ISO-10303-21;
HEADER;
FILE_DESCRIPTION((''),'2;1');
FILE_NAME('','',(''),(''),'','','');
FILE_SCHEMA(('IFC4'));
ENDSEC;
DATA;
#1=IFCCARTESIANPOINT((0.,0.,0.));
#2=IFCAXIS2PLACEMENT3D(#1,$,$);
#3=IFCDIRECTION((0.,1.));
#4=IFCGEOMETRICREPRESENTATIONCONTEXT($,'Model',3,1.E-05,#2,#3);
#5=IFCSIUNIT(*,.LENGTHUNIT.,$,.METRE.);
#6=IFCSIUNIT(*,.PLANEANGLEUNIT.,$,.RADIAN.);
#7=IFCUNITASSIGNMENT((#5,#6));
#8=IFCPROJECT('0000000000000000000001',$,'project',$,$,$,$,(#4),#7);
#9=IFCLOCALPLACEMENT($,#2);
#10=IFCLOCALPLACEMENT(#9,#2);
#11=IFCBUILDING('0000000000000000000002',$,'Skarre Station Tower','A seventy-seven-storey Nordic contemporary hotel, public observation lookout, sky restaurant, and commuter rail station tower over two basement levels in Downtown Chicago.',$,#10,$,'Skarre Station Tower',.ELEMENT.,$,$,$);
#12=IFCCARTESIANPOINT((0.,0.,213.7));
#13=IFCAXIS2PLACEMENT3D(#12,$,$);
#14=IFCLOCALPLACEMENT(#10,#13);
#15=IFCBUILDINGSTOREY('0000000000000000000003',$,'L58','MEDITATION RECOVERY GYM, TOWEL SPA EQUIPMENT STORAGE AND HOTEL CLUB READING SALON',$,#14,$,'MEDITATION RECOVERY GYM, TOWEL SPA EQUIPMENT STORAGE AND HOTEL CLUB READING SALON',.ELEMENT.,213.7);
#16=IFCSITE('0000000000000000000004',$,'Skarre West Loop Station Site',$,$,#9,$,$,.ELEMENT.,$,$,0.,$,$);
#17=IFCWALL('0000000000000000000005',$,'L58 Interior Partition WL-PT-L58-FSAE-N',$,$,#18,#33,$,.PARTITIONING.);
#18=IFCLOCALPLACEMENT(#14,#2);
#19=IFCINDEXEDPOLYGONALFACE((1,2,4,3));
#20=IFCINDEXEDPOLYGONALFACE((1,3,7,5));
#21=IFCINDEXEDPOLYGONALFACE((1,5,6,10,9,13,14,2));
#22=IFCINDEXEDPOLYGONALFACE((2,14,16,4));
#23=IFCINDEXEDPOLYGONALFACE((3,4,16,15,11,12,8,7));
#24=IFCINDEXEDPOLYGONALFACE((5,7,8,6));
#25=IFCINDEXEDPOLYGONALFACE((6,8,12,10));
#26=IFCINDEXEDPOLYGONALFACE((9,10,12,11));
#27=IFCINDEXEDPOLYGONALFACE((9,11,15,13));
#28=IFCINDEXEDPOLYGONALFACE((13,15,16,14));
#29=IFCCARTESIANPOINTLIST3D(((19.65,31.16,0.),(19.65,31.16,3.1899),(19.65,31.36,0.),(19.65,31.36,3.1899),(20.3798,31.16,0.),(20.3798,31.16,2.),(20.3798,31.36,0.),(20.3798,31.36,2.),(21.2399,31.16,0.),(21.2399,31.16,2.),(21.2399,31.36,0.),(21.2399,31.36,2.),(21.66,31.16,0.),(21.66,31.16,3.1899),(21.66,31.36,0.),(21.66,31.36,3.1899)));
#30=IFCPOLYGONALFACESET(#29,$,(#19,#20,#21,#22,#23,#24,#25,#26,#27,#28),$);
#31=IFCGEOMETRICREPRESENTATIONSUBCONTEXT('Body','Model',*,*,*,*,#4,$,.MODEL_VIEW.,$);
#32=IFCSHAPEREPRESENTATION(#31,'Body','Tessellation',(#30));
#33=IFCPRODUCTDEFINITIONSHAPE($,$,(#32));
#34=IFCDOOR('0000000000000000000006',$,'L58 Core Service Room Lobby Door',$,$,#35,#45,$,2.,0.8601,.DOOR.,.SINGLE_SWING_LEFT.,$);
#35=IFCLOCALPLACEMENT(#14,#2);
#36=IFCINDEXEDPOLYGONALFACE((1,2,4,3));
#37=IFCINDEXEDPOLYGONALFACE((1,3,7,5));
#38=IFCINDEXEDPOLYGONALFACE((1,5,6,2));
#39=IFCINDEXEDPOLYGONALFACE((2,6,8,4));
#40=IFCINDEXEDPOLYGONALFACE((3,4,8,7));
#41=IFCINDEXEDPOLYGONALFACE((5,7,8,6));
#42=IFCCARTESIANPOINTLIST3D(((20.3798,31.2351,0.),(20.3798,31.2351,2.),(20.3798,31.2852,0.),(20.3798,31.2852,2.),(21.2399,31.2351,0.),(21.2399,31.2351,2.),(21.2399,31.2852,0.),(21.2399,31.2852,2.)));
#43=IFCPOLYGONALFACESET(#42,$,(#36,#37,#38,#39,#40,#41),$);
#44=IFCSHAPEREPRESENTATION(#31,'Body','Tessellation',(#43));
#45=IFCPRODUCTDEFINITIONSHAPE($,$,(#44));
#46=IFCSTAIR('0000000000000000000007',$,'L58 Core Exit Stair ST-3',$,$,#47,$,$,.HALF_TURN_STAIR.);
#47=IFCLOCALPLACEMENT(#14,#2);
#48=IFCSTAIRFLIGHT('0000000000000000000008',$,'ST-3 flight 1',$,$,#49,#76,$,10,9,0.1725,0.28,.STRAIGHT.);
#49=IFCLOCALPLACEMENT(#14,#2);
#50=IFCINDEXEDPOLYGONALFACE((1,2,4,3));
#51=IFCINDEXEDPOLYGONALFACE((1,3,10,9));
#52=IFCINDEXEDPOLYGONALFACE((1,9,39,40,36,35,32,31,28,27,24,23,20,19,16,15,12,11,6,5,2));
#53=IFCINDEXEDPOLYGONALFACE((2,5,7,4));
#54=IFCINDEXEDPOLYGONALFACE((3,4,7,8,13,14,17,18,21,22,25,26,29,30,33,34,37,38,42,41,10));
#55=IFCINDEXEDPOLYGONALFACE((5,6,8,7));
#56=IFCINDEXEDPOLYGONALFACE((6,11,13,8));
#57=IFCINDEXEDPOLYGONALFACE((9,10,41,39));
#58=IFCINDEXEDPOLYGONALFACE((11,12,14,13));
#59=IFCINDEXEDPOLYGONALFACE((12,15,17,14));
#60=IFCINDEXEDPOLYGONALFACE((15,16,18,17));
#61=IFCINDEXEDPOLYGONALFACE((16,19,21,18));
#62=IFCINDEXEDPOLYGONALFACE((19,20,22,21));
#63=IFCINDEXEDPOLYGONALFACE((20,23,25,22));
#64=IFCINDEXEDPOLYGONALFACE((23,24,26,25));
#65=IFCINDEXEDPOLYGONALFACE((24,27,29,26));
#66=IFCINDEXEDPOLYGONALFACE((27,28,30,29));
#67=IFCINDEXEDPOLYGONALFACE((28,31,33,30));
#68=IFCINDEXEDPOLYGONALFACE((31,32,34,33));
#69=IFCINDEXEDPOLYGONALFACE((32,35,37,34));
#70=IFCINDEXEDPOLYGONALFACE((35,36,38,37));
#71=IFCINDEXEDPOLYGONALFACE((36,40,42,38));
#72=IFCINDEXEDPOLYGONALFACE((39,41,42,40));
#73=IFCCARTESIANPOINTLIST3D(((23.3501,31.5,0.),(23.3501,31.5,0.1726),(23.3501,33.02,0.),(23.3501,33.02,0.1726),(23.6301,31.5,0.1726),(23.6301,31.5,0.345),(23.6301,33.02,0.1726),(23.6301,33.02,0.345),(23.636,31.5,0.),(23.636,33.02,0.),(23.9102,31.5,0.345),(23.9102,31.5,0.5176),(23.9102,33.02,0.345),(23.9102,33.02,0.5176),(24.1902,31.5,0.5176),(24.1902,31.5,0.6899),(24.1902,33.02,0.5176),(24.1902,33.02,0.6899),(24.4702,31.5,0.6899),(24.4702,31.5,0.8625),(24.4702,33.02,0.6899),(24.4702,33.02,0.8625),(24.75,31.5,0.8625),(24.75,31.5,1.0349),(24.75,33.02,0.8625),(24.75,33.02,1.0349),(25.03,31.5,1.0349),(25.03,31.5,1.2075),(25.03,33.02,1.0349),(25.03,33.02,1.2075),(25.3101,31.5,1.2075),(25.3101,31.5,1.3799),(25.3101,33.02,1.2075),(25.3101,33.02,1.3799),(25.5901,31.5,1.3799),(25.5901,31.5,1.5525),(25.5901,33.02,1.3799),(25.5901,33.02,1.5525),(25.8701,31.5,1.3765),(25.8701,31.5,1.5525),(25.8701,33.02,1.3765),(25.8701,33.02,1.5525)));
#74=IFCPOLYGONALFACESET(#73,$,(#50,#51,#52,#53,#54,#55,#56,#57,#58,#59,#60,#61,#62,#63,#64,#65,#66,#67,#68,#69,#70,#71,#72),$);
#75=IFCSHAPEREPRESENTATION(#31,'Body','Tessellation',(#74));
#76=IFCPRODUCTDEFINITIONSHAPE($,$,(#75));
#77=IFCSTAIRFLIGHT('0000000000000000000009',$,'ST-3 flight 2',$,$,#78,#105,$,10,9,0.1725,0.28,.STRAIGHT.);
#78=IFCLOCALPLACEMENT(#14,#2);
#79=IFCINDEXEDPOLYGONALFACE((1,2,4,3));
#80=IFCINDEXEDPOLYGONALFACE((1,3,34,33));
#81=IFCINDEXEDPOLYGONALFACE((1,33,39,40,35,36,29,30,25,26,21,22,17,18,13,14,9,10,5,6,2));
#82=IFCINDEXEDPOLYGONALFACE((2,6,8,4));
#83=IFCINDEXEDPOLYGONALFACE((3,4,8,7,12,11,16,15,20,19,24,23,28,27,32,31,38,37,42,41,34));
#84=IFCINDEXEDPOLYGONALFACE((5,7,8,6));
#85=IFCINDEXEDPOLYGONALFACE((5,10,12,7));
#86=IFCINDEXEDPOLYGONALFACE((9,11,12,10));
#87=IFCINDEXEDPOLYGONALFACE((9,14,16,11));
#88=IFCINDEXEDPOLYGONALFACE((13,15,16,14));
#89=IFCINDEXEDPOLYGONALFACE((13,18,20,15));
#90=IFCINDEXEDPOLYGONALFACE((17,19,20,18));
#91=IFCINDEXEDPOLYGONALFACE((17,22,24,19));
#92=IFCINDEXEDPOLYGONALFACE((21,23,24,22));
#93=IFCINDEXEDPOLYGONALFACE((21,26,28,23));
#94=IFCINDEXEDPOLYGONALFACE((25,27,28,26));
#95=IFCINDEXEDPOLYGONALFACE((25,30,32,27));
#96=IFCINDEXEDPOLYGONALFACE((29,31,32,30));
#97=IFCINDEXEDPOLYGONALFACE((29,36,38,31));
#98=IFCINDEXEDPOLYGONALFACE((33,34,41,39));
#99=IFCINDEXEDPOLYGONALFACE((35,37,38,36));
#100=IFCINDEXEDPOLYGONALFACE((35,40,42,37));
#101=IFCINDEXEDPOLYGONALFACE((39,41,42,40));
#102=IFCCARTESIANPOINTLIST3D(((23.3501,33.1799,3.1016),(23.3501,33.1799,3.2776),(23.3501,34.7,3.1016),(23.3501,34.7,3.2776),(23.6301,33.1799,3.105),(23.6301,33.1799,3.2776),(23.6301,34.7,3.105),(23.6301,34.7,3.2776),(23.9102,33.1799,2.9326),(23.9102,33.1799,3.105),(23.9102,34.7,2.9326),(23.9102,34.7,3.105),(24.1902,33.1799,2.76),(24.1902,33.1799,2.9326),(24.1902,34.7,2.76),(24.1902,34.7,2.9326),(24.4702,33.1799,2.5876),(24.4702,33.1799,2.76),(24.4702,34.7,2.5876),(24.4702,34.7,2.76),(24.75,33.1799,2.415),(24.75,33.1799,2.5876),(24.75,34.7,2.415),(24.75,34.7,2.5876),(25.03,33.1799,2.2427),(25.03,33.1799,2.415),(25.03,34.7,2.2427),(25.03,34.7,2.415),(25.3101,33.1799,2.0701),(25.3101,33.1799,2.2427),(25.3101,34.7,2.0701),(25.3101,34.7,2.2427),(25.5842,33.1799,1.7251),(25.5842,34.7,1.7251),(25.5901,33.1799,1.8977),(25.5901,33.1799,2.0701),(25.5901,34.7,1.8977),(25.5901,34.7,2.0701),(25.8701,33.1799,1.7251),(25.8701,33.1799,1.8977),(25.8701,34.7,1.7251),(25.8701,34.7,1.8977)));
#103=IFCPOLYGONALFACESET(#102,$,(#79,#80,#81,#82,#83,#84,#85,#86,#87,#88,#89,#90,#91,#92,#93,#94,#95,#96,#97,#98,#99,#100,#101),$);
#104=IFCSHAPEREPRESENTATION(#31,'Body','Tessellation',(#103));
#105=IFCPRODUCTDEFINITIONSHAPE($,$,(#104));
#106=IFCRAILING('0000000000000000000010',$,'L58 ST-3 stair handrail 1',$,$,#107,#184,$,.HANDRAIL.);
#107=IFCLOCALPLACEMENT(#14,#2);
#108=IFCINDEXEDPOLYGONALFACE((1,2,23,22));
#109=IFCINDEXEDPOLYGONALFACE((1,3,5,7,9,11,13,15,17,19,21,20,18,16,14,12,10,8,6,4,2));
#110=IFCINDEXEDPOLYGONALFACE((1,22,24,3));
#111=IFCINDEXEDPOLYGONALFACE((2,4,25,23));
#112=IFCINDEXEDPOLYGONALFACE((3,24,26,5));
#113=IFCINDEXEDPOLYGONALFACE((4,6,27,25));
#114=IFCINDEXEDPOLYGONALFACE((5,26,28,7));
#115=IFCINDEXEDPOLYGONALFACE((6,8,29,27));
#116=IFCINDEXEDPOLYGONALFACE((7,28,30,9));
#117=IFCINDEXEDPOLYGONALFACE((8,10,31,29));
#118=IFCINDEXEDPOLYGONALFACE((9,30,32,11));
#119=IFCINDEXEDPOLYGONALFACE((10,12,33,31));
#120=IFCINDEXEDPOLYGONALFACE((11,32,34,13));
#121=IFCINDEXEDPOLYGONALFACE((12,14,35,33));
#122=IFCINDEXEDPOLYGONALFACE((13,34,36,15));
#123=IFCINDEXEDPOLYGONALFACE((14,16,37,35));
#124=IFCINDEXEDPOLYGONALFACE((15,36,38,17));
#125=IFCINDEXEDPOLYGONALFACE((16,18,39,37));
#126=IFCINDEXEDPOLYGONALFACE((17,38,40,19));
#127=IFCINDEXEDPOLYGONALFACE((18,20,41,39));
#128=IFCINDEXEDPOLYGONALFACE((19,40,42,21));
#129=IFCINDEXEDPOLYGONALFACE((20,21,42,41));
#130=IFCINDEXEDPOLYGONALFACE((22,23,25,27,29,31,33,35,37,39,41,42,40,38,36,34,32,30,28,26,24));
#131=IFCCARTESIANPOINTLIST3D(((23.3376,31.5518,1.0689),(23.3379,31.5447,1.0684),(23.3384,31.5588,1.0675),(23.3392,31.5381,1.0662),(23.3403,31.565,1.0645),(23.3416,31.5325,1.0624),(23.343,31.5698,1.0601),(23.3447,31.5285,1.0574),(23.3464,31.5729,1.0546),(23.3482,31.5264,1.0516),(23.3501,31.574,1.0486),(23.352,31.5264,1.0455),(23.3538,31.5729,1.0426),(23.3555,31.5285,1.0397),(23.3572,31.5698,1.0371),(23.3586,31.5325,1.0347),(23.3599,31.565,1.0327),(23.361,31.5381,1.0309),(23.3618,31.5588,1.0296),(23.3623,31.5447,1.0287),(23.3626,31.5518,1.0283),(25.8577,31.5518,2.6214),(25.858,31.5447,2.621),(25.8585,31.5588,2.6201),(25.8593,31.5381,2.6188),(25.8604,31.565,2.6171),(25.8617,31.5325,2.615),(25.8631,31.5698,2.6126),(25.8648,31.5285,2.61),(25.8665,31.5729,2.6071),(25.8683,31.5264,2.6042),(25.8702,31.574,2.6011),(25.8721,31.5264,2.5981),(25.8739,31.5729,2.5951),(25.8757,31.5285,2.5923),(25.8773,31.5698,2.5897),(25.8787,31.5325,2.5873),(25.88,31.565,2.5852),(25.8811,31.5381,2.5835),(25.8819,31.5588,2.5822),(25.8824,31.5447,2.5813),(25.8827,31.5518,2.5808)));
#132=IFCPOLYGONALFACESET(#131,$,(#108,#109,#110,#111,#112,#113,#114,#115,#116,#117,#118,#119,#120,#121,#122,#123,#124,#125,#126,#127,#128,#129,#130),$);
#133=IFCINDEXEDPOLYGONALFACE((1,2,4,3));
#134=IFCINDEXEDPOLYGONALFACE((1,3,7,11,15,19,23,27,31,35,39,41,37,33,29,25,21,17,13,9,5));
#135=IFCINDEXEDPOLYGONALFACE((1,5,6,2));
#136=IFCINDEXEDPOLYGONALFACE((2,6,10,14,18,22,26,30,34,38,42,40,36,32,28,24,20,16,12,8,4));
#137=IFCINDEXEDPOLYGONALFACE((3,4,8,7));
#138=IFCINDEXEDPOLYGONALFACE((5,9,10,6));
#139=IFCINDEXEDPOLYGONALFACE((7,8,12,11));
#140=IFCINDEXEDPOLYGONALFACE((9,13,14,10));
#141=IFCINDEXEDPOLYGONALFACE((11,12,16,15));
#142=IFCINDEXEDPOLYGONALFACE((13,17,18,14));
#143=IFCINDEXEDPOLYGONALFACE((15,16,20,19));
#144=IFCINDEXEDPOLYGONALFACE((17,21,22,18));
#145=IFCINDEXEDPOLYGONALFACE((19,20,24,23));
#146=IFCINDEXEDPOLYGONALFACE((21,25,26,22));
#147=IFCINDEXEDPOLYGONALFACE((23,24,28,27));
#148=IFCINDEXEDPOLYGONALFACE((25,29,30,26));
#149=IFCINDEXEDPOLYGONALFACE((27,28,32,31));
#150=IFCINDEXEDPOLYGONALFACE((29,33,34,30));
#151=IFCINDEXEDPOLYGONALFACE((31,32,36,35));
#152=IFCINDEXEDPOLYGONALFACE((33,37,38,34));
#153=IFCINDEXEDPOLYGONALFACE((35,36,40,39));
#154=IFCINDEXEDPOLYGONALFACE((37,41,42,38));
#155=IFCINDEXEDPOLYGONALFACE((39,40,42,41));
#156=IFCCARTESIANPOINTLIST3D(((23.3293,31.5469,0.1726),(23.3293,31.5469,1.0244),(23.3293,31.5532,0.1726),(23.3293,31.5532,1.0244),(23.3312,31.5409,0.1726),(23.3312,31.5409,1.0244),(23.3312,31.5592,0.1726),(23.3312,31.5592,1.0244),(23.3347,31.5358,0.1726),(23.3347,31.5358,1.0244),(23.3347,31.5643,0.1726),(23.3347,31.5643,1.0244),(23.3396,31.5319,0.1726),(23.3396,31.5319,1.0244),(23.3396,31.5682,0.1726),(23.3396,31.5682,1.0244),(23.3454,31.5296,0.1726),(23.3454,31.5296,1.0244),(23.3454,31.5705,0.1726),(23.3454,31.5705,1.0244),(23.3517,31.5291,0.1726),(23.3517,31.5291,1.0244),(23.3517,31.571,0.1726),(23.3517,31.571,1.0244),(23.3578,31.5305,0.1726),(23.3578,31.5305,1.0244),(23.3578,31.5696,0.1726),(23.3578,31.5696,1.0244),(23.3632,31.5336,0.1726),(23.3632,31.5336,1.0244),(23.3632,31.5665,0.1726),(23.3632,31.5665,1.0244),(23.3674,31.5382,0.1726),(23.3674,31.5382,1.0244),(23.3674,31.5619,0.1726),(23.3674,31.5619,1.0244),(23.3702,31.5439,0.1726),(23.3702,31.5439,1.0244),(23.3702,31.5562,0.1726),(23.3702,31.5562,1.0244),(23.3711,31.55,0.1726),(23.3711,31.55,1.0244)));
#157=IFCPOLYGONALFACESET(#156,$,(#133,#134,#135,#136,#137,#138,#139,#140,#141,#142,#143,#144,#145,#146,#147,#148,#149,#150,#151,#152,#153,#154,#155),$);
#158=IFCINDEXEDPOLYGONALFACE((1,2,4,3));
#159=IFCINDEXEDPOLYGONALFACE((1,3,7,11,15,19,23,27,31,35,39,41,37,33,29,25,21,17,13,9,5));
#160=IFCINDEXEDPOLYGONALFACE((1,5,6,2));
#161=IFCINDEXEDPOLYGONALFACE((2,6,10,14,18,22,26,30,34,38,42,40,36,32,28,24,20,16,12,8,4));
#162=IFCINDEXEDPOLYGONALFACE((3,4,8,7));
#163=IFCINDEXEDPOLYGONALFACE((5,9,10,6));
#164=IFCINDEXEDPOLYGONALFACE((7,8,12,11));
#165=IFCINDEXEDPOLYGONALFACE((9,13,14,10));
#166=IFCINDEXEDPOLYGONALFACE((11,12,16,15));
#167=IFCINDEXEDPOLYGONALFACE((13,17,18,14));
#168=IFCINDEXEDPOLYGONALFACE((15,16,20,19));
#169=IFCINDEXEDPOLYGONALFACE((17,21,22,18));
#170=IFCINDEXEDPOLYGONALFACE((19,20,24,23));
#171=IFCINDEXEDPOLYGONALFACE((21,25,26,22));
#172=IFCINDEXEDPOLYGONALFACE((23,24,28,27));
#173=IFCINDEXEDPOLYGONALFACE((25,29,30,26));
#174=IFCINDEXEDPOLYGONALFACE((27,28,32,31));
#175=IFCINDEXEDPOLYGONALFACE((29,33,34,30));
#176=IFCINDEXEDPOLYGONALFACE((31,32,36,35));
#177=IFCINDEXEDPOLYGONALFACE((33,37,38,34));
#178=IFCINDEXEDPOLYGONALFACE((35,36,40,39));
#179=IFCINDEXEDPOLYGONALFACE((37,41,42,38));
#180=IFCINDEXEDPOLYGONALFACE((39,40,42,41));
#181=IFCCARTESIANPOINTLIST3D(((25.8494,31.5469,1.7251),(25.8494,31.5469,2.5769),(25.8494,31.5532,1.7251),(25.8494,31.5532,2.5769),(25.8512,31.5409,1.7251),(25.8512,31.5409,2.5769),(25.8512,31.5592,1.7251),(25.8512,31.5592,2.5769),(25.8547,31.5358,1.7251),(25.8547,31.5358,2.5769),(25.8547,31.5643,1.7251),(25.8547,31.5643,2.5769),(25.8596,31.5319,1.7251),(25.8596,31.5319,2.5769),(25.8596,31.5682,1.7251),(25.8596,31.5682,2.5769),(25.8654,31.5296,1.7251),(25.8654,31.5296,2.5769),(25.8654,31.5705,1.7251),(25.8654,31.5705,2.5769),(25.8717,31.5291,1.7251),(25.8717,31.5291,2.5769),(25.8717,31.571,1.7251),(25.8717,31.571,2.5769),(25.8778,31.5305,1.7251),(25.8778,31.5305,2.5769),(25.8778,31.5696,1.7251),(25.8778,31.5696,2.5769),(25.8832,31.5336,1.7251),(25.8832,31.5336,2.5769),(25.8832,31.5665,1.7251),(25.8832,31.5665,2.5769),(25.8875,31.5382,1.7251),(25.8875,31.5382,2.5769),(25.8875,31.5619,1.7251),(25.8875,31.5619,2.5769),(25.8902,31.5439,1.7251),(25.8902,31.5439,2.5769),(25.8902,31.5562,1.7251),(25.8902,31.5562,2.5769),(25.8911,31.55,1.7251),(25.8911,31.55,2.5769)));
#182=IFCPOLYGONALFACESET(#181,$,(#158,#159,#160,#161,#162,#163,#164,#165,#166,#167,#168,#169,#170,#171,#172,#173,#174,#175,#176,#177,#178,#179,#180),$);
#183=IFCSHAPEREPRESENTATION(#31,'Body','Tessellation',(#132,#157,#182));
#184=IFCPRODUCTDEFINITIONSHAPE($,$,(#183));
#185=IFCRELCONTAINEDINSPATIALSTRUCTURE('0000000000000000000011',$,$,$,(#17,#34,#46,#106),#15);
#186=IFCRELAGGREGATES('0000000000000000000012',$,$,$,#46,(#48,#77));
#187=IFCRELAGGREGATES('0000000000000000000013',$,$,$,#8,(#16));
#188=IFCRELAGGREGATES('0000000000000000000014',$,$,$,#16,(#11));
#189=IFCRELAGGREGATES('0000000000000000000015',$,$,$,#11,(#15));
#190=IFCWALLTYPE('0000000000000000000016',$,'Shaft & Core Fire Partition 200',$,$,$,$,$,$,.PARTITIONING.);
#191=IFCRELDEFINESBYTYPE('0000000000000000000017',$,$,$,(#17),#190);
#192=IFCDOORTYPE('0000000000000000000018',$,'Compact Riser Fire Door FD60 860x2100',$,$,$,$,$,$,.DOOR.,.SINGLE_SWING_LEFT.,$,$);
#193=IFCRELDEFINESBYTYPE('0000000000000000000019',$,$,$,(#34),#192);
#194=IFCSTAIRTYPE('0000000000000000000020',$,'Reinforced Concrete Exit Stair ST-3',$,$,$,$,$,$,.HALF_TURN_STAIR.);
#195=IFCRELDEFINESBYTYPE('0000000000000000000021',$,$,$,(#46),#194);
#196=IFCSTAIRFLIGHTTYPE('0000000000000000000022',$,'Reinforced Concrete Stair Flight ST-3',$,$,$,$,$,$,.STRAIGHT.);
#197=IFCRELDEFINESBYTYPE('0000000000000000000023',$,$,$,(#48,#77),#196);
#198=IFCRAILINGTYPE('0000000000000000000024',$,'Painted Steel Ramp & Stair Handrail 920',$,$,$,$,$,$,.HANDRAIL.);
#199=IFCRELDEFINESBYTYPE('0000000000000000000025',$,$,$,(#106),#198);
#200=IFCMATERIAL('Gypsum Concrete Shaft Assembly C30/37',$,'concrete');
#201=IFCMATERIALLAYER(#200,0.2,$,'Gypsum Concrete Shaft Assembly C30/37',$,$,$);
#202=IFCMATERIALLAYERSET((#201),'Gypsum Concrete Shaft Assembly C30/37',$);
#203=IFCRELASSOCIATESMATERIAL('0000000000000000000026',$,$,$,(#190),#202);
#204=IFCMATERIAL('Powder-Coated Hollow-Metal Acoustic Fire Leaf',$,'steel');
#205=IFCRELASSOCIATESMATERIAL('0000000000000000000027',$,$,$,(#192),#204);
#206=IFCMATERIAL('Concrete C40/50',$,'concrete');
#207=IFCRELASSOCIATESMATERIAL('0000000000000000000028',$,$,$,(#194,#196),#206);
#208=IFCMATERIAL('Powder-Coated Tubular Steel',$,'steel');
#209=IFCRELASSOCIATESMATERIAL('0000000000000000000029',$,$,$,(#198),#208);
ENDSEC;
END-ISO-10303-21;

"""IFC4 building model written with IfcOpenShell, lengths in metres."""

from ifc_helpers import new_model, si_unit, direction, frame, frame_2d, origin, origin_2d, place, context, subcontext, project, spatial, polyline, rectangle, circle, outline, extrude, material, layer, layer_set, type_object, element, fill, aggregate, save


model = new_model("IFC4")

# Units and contexts
model_context = context("Model", 3, precision=1e-05, world=origin(), true_north=direction((0.0, 1.0)))
body_context = subcontext(model_context, "Body", "Model", "MODEL_VIEW")
ifc_project = project(units=[si_unit("LENGTHUNIT", "METRE"), si_unit("PLANEANGLEUNIT", "RADIAN")], contexts=[model_context])

# Site, building, storey
site_placement = place(None, origin())
site = spatial("IfcSite", under=ifc_project, at=site_placement, Name="Skarre West Loop Station Site", CompositionType="ELEMENT", RefElevation=0.0)
building_placement = place(site_placement, origin())
building = spatial("IfcBuilding", under=site, at=building_placement, Name="Skarre Station Tower", Description="A seventy-seven-storey Nordic contemporary hotel, public observation lookout, sky restaurant, and commuter rail station tower over two basement levels in Downtown Chicago.", LongName="Skarre Station Tower", CompositionType="ELEMENT")
storey_placement = place(building_placement, frame((0.0, 0.0, 213.7)))
storey = spatial("IfcBuildingStorey", under=building, at=storey_placement, Name="L58", Description="MEDITATION RECOVERY GYM, TOWEL SPA EQUIPMENT STORAGE AND HOTEL CLUB READING SALON", LongName="MEDITATION RECOVERY GYM, TOWEL SPA EQUIPMENT STORAGE AND HOTEL CLUB READING SALON", CompositionType="ELEMENT", Elevation=213.7)

# Wall, opening, door
ifc_material_1 = material(Name="Gypsum Concrete Shaft Assembly C30/37", Category="concrete")
ifc_layer_1 = layer(ifc_material_1, 0.2, Name="Gypsum Concrete Shaft Assembly C30/37")
ifc_layer_set_1 = layer_set([ifc_layer_1], Name="Gypsum Concrete Shaft Assembly C30/37")
wall_type_1 = type_object("IfcWallType", Name="Shaft & Core Fire Partition 200", PredefinedType="PARTITIONING", material=ifc_layer_set_1)
wall_1_placement = place(storey_placement, frame((21.6599, 31.26, 0.0), z_axis=(0.0, 0.0, 1.0), x_axis=(-1.0, 0.0, 0.0)))
wall_1 = element("IfcWall", 1, at=wall_1_placement, inside=storey, type_object=wall_type_1, Name="L58 Interior Partition WL-PT-L58-FSAE-N", PredefinedType="PARTITIONING", context=body_context, shape_type="SweptSolid", body=[
    extrude(rectangle(XDim=2.01, YDim=0.2, at=frame_2d((1.0049, 0.0))), origin(), (0.0, 0.0, 1.0), 3.1899),
])
opening_1_placement = place(wall_1_placement, frame((0.4199, 0.0, 0.0)))
opening_1 = element("IfcOpeningElement", 2, at=opening_1_placement, cuts=wall_1, PredefinedType="OPENING", context=body_context, shape_type="SweptSolid", body=[
    extrude(rectangle(XDim=0.8601, YDim=2.0, at=frame_2d((0.4302, 1.0))), frame((0.0, 0.1099, 0.0), z_axis=(0.0, -1.0, 0.0), x_axis=(1.0, 0.0, 0.0)), (0.0, 0.0, 1.0), 0.22),
])
ifc_material_2 = material(Name="Powder-Coated Hollow-Metal Acoustic Fire Leaf", Category="steel")
door_type_1 = type_object("IfcDoorType", Name="Compact Riser Fire Door FD60 860x2100", OperationType="SINGLE_SWING_LEFT", PredefinedType="DOOR", material=ifc_material_2)
door_1_placement = place(opening_1_placement, origin())
door_1 = element("IfcDoor", 3, at=door_1_placement, inside=storey, type_object=door_type_1, Name="L58 Core Service Room Lobby Door", OperationType="SINGLE_SWING_LEFT", OverallHeight=2.0, OverallWidth=0.8601, PredefinedType="DOOR", context=body_context, shape_type="SweptSolid", body=[
    extrude(rectangle(XDim=0.8601, YDim=2.0, at=frame_2d((0.4302, 1.0))), frame((0.0, 0.0249, 0.0), z_axis=(0.0, -1.0, 0.0), x_axis=(1.0, 0.0, 0.0)), (0.0, 0.0, 1.0), 0.05),
])
fill(opening_1, door_1)

# Stair, stair flights
ifc_material_3 = material(Name="Concrete C40/50", Category="concrete")
stair_type = type_object("IfcStairType", Name="Reinforced Concrete Exit Stair ST-3", PredefinedType="HALF_TURN_STAIR", material=ifc_material_3)
stair_placement = place(storey_placement, origin())
stair = element("IfcStair", 4, at=stair_placement, inside=storey, type_object=stair_type, Name="L58 Core Exit Stair ST-3", PredefinedType="HALF_TURN_STAIR")
stair_flight_type = type_object("IfcStairFlightType", Name="Reinforced Concrete Stair Flight ST-3", PredefinedType="STRAIGHT", material=ifc_material_3)
stair_flight_1_placement = place(storey_placement, frame((23.3501, 32.26, 0.0), z_axis=(0.0, 0.0, 1.0), x_axis=(1.0, 0.0, 0.0)))
stair_flight_1 = element("IfcStairFlight", 5, at=stair_flight_1_placement, type_object=stair_flight_type, Name="ST-3 flight 1", NumberOfRisers=10, NumberOfTreads=9, PredefinedType="STRAIGHT", RiserHeight=0.1725, TreadLength=0.28, context=body_context, shape_type="SweptSolid", body=[
    extrude(outline(polyline([(0.0, 0.0), (0.0, 0.1726), (0.28, 0.1726), (0.28, 0.345), (0.5601, 0.345), (0.5601, 0.5176), (0.8401, 0.5176), (0.8401, 0.6899), (1.1201, 0.6899), (1.1201, 0.8625), (1.3999, 0.8625), (1.3999, 1.0349), (1.6799, 1.0349), (1.6799, 1.2075), (1.96, 1.2075), (1.96, 1.3799), (2.24, 1.3799), (2.24, 1.5525), (2.52, 1.5525), (2.52, 1.7251), (2.52, 1.3765), (0.2859, 0.0), (0.0, 0.0)])), frame((0.0, 0.76, 0.0), z_axis=(0.0, -1.0, 0.0), x_axis=(1.0, 0.0, 0.0)), (0.0, 0.0, 1.0), 1.52),
])
stair_flight_2_placement = place(storey_placement, frame((25.8701, 33.9399, 1.7251), z_axis=(0.0, 0.0, 1.0), x_axis=(-1.0, 0.0, 0.0)))
stair_flight_2 = element("IfcStairFlight", 6, at=stair_flight_2_placement, type_object=stair_flight_type, Name="ST-3 flight 2", NumberOfRisers=10, NumberOfTreads=9, PredefinedType="STRAIGHT", RiserHeight=0.1725, TreadLength=0.28, context=body_context, shape_type="SweptSolid", body=[
    extrude(outline(polyline([(0.0, 0.0), (0.0, 0.1726), (0.28, 0.1726), (0.28, 0.345), (0.5601, 0.345), (0.5601, 0.5176), (0.8401, 0.5176), (0.8401, 0.6899), (1.1201, 0.6899), (1.1201, 0.8625), (1.3999, 0.8625), (1.3999, 1.0349), (1.6799, 1.0349), (1.6799, 1.2075), (1.96, 1.2075), (1.96, 1.3799), (2.24, 1.3799), (2.24, 1.5525), (2.52, 1.5525), (2.52, 1.7251), (2.52, 1.3765), (0.2859, 0.0), (0.0, 0.0)])), frame((0.0, 0.76, 0.0), z_axis=(0.0, -1.0, 0.0), x_axis=(1.0, 0.0, 0.0)), (0.0, 0.0, 1.0), 1.52),
])
aggregate(stair, [stair_flight_1, stair_flight_2])

# Railing
ifc_material_4 = material(Name="Powder-Coated Tubular Steel", Category="steel")
railing_type_1 = type_object("IfcRailingType", Name="Painted Steel Ramp & Stair Handrail 920", PredefinedType="HANDRAIL", material=ifc_material_4)
railing_1_placement = place(storey_placement, frame((23.3501, 31.55, 0.1726)))
element("IfcRailing", 7, at=railing_1_placement, inside=storey, type_object=railing_type_1, Name="L58 ST-3 stair handrail 1", PredefinedType="HANDRAIL", context=body_context, shape_type="SweptSolid", body=[
    extrude(circle(Radius=0.0239, at=origin_2d()), frame((0.0, 0.0, 0.876), z_axis=(0.8514, 0.0, 0.524516), x_axis=(0.0, 1.0, 0.0)), (0.0, 0.0, 1.0), 2.96),
    extrude(circle(Radius=0.021, at=origin_2d()), origin(), (0.0, 0.0, 1.0), 0.8518),
    extrude(circle(Radius=0.021, at=origin_2d()), frame((2.52, 0.0, 1.5525)), (0.0, 0.0, 1.0), 0.8518),
])

save(model, "model.ifc")
